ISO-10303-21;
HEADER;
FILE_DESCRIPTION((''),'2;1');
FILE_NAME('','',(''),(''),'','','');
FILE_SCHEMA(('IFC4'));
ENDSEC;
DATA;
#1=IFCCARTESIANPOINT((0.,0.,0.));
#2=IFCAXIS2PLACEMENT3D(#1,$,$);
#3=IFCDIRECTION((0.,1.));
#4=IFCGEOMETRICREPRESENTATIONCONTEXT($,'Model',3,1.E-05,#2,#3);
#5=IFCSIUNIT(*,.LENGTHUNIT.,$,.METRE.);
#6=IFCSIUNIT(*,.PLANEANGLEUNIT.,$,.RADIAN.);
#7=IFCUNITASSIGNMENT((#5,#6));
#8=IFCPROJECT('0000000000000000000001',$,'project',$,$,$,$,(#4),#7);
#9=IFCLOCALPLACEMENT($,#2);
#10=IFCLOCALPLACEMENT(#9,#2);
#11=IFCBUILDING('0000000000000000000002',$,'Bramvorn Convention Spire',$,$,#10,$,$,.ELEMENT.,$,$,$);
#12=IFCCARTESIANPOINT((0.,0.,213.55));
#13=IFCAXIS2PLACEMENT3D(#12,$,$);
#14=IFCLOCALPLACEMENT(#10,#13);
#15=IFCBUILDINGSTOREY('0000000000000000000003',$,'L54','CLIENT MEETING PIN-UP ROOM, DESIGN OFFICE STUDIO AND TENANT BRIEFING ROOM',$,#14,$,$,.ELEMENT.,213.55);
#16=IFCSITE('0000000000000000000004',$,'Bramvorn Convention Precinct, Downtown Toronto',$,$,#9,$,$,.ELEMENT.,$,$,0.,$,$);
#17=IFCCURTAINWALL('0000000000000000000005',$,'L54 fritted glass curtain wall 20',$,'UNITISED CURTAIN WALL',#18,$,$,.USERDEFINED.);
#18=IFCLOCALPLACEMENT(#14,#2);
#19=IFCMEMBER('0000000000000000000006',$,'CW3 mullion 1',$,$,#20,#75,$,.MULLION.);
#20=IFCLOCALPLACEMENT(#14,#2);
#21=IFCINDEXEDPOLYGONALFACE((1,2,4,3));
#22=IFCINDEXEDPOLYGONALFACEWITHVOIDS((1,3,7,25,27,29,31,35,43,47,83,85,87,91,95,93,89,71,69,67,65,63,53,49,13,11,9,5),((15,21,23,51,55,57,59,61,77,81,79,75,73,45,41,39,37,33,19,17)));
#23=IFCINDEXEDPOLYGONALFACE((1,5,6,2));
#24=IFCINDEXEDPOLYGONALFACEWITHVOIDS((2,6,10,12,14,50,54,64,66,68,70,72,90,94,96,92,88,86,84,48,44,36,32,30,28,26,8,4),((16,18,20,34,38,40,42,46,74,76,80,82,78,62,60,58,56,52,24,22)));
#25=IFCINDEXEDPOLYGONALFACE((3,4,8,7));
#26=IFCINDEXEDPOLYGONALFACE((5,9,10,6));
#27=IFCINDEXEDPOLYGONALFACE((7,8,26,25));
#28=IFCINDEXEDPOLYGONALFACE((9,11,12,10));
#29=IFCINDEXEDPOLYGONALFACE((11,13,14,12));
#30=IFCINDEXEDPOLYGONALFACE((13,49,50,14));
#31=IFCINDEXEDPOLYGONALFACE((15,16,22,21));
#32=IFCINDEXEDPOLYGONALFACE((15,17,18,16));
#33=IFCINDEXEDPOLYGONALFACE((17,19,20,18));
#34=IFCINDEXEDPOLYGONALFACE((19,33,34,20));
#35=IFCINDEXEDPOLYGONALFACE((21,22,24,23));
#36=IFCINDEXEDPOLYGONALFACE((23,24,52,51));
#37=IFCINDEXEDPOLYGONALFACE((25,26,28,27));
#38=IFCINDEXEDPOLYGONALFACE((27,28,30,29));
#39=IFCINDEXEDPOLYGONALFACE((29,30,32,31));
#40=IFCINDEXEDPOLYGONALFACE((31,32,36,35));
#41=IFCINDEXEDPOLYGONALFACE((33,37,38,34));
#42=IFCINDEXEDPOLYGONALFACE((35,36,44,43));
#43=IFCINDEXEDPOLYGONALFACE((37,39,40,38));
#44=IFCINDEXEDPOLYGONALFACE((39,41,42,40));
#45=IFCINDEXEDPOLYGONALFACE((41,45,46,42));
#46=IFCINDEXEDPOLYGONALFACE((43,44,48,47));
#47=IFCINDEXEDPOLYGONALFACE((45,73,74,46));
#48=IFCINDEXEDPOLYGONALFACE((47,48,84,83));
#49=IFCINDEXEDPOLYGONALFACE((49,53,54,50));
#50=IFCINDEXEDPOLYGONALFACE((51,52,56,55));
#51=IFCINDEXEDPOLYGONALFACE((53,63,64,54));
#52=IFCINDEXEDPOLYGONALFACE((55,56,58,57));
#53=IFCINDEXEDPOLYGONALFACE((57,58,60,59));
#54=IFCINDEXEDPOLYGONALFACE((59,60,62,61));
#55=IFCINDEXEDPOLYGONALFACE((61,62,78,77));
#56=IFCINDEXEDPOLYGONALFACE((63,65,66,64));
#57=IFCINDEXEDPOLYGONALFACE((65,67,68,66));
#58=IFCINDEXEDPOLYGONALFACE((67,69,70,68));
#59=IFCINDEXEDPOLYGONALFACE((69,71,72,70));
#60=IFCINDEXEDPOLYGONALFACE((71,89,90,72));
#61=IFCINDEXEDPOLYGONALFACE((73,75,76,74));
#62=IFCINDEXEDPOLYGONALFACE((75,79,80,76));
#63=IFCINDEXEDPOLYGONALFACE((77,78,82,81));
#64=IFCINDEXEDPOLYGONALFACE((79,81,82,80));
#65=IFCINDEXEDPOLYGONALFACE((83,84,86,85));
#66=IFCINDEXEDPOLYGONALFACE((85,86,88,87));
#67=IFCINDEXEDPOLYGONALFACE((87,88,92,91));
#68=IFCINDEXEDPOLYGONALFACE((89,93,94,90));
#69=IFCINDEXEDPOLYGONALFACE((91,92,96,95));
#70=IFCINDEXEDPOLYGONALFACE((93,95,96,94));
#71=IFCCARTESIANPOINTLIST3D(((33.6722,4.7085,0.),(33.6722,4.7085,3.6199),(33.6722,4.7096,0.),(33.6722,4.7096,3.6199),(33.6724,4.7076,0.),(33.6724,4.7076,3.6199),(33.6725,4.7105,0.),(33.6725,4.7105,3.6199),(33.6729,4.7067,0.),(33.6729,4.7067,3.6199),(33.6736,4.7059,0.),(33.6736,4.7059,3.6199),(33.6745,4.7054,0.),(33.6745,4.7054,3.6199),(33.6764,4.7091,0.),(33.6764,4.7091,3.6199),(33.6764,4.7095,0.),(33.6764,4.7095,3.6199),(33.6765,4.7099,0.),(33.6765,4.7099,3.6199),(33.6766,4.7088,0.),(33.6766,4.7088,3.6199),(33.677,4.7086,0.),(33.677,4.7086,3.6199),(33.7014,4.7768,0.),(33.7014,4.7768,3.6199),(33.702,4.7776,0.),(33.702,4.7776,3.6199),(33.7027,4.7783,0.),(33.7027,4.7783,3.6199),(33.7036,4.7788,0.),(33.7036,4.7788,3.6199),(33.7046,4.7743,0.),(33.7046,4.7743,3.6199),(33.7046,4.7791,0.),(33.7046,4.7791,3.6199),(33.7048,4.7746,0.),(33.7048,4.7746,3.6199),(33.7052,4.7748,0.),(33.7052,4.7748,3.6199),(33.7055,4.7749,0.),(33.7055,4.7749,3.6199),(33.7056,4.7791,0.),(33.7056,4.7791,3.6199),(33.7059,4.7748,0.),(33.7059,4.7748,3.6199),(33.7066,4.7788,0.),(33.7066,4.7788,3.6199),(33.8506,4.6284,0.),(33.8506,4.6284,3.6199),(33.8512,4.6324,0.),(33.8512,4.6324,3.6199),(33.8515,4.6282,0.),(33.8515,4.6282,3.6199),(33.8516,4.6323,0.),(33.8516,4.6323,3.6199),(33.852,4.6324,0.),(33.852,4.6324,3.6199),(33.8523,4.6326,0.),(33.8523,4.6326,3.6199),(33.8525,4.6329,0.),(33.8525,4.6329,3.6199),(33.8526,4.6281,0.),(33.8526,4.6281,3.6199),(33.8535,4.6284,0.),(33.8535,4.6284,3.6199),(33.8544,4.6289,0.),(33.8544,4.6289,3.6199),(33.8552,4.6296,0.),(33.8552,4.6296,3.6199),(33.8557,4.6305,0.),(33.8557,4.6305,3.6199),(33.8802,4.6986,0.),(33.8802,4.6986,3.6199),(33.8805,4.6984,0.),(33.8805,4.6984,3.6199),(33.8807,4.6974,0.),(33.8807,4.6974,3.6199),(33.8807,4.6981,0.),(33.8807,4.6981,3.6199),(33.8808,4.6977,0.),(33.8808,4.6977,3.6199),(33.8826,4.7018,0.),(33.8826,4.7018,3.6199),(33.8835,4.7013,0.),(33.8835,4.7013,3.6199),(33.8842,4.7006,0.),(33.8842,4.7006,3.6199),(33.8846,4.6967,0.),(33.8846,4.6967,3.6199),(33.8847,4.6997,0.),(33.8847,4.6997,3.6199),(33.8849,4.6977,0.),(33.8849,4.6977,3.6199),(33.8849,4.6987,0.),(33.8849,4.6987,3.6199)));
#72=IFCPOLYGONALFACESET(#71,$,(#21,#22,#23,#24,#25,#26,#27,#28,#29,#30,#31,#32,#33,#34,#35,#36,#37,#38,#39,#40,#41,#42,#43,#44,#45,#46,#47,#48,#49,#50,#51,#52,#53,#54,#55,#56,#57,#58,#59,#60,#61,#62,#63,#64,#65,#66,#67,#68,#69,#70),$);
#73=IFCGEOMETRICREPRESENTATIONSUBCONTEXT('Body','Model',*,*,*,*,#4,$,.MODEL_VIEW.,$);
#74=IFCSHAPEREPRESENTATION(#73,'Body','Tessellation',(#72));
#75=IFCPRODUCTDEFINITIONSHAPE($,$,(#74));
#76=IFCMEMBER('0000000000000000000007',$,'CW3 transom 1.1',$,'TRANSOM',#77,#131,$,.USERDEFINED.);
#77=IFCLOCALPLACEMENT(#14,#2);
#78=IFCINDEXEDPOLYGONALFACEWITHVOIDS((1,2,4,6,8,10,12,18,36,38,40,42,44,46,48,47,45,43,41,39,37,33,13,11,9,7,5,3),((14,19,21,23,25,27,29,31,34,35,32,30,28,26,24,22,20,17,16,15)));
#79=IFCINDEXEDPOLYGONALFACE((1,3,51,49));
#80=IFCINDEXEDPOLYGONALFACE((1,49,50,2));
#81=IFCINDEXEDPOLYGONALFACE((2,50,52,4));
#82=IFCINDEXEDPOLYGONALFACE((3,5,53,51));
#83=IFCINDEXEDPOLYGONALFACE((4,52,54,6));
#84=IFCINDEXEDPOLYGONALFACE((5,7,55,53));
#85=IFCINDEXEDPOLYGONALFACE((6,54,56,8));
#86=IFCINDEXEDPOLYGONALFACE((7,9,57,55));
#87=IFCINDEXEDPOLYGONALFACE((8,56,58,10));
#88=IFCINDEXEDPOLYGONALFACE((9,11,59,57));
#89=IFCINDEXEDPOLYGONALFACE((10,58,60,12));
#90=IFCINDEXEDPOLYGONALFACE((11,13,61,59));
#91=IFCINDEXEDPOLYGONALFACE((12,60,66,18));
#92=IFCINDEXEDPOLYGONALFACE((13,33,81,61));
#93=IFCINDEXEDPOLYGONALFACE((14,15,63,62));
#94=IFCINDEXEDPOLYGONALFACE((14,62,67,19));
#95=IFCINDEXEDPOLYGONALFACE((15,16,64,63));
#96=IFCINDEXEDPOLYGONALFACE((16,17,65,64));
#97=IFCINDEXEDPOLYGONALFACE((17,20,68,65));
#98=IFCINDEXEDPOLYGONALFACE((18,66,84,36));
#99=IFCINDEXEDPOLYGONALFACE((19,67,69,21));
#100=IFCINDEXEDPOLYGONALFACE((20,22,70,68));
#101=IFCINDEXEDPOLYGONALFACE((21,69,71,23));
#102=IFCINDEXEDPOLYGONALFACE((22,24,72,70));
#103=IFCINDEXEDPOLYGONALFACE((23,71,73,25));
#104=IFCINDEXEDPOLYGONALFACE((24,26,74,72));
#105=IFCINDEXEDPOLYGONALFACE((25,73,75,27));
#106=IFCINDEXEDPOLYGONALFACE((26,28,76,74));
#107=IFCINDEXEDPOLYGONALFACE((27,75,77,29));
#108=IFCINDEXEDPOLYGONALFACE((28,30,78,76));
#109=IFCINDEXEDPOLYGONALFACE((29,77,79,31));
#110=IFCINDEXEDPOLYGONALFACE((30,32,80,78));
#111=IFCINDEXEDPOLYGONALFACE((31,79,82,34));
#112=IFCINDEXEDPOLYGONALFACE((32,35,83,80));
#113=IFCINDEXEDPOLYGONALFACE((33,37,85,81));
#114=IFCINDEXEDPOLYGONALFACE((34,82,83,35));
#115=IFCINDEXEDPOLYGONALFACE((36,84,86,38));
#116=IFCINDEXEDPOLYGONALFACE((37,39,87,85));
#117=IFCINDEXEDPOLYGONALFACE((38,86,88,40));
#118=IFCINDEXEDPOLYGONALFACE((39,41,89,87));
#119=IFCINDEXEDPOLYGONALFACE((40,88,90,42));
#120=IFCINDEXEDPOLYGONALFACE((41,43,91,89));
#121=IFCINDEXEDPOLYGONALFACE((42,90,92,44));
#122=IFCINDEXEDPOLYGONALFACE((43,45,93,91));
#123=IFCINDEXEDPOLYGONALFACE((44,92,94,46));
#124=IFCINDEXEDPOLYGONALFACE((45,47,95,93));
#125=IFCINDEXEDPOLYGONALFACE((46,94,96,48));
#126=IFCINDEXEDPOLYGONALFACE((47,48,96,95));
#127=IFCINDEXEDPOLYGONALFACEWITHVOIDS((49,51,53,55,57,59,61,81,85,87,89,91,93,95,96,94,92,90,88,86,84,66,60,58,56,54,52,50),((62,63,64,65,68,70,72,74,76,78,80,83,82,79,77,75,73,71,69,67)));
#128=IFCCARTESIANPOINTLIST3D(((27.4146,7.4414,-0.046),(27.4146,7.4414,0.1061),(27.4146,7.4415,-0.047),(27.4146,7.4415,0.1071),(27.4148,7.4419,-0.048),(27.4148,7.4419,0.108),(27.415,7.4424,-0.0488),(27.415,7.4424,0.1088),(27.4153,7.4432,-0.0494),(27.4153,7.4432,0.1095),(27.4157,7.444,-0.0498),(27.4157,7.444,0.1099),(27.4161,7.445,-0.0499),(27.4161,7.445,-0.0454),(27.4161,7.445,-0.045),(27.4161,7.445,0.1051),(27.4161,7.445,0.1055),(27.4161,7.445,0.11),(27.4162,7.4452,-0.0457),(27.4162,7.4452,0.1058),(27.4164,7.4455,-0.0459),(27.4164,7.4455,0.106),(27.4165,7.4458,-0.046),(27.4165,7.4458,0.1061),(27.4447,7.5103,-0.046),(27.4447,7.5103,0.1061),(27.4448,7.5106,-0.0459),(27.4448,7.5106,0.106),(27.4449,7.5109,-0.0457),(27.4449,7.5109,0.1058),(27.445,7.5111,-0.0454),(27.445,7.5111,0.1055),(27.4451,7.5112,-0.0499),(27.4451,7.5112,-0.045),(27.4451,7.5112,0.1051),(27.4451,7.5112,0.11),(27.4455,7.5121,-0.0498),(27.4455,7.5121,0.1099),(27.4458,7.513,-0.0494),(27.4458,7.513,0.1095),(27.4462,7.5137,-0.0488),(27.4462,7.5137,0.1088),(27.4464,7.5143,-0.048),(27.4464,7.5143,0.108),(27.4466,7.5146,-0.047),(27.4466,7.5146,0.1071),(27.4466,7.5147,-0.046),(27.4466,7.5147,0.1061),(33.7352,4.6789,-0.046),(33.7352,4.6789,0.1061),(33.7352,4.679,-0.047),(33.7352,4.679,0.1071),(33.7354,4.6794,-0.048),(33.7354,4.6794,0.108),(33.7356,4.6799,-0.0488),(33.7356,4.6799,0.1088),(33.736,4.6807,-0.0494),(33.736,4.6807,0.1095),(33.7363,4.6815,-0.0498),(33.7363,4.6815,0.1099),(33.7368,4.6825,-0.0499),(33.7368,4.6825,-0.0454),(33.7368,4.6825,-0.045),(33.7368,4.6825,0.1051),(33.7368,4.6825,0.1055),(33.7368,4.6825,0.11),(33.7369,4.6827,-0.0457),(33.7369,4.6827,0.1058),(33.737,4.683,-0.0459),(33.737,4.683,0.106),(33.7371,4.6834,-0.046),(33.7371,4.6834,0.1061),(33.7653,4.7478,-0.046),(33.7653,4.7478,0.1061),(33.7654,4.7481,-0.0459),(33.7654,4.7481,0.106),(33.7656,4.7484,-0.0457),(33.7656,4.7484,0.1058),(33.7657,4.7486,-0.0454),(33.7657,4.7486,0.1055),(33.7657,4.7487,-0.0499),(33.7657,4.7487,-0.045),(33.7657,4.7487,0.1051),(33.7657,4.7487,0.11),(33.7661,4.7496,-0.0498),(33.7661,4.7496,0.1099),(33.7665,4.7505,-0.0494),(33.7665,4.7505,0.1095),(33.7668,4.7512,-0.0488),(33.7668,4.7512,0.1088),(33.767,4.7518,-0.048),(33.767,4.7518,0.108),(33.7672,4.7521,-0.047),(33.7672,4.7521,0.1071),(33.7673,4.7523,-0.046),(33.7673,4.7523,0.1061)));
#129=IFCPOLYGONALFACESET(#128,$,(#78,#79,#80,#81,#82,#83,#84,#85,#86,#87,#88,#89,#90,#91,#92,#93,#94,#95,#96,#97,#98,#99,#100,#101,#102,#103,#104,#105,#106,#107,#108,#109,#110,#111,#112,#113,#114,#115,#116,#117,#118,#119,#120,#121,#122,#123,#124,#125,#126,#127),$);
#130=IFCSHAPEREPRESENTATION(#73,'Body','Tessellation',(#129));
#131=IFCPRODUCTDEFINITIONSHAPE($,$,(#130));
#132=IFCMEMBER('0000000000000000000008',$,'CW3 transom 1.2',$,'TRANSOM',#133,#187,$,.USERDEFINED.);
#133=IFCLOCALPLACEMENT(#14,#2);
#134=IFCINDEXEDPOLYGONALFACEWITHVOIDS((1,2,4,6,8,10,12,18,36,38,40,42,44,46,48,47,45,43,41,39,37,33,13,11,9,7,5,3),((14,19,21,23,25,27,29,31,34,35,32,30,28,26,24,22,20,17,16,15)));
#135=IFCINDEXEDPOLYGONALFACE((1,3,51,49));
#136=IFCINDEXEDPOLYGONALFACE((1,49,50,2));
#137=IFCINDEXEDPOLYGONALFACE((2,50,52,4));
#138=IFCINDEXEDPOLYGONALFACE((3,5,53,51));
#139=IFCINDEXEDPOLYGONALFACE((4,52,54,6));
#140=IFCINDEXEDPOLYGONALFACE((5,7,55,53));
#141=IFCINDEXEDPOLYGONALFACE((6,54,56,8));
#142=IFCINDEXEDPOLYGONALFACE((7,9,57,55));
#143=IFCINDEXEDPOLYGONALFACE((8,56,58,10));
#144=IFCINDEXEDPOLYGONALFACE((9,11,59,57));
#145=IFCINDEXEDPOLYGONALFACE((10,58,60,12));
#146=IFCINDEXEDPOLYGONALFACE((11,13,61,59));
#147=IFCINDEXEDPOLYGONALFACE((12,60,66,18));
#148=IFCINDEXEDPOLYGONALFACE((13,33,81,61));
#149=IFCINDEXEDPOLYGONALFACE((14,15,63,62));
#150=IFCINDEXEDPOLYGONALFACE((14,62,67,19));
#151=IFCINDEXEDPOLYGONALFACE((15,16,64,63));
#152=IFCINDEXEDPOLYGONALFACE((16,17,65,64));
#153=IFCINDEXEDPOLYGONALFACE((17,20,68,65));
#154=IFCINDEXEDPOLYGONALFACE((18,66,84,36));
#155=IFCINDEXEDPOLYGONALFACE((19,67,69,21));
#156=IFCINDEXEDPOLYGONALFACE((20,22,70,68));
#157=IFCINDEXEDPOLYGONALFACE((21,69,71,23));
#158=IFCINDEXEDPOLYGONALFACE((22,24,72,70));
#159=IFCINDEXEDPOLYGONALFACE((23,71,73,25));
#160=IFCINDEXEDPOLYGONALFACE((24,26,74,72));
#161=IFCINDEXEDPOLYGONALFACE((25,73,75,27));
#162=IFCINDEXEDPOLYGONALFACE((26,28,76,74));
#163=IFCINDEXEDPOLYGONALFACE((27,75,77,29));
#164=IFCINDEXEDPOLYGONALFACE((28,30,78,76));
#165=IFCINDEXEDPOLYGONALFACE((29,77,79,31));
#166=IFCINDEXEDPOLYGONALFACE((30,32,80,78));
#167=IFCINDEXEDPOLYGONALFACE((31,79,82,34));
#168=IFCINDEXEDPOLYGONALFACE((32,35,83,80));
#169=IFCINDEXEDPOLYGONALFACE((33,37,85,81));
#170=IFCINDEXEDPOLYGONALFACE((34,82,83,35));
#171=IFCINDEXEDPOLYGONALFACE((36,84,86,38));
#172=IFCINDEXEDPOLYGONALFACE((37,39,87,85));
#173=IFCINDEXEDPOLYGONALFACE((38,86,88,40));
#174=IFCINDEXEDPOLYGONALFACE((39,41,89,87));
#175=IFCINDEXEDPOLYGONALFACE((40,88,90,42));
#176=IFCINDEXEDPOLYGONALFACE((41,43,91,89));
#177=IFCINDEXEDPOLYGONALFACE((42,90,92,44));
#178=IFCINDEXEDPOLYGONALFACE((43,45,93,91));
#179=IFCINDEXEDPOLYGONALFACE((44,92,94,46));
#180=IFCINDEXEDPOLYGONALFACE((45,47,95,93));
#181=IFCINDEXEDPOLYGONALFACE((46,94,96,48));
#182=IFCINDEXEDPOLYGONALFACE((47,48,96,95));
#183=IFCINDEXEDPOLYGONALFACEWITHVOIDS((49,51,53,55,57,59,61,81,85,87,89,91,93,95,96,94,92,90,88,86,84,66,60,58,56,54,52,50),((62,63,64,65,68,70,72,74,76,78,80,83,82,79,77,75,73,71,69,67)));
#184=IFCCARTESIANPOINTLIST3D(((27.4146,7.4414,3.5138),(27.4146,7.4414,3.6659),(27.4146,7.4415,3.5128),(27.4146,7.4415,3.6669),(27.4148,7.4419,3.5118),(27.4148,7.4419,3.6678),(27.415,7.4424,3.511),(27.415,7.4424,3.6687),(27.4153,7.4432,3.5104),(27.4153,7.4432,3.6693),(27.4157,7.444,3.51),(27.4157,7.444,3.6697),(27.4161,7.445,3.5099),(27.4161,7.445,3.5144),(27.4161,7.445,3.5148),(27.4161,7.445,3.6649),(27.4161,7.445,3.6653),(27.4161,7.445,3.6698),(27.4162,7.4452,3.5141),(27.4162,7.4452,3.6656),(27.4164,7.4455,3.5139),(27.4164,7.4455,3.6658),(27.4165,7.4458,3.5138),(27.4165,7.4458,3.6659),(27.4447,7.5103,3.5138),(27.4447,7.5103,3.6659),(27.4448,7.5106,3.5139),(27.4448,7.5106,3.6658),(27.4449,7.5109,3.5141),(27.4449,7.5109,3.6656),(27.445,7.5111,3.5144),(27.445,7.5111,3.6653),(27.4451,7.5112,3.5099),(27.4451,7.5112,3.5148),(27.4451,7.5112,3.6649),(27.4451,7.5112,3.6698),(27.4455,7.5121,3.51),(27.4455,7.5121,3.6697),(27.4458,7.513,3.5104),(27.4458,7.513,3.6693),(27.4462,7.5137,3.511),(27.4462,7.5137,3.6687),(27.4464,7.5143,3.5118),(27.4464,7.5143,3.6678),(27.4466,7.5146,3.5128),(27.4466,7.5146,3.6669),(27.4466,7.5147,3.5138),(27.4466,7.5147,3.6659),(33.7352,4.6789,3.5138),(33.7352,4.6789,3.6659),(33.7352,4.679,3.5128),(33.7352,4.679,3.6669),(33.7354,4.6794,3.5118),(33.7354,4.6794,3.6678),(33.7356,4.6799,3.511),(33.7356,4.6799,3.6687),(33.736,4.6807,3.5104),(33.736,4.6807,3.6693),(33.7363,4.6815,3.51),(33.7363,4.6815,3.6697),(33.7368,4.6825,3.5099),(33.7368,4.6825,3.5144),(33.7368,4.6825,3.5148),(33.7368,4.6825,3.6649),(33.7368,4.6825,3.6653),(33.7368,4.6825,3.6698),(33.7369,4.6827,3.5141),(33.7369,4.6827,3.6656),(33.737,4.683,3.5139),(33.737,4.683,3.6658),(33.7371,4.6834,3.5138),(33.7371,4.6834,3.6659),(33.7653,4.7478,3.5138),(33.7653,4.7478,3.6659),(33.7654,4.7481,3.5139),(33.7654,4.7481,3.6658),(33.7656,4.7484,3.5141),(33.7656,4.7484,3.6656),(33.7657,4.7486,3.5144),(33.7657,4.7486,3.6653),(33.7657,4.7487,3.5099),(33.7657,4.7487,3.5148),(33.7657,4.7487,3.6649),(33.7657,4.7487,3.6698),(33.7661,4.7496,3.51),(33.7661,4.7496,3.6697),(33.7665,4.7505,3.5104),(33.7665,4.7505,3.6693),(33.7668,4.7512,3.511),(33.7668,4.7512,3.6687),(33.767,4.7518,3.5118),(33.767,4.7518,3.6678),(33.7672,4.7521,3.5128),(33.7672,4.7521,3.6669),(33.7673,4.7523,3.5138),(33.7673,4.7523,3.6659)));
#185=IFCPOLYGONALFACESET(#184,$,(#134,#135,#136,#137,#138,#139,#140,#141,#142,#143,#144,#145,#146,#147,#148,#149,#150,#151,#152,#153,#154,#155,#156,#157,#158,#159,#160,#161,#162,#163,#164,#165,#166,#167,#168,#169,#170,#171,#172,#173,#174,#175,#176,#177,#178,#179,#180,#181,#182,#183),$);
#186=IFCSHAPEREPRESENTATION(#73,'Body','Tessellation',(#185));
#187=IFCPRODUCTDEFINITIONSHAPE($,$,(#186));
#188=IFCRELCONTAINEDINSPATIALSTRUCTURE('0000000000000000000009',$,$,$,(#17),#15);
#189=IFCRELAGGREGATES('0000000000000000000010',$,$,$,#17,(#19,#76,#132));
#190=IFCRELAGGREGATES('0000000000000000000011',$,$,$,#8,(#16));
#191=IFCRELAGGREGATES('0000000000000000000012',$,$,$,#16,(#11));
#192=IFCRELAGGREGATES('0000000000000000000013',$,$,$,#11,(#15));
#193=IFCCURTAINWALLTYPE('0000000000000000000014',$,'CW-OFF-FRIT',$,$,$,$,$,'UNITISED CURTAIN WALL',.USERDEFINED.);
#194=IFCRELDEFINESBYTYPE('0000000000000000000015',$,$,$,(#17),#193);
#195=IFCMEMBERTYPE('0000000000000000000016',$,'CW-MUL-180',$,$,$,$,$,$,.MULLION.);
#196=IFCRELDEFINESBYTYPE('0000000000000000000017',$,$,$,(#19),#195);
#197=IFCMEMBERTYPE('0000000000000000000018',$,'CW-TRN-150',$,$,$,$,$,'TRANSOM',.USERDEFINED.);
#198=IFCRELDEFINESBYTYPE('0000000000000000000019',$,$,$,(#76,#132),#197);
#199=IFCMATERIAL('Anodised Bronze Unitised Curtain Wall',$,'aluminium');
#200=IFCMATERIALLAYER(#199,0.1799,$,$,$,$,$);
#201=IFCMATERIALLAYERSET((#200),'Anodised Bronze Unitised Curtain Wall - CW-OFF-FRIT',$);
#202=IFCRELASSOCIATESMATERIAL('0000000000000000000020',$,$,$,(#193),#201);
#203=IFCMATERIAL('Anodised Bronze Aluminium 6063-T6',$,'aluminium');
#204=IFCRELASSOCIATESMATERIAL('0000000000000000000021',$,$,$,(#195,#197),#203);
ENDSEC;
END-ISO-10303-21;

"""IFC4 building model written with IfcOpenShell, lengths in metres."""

from ifc_helpers import new_model, si_unit, direction, frame, origin, origin_2d, place, context, subcontext, project, spatial, hollow_rectangle, extrude, material, layer, layer_set, material_profile, profile_set, type_object, element, aggregate, save


model = new_model("IFC4")

# Units and contexts
model_context = context("Model", 3, precision=1e-05, world=origin(), true_north=direction((0.0, 1.0)))
body_context = subcontext(model_context, "Body", "Model", "MODEL_VIEW")
ifc_project = project(units=[si_unit("LENGTHUNIT", "METRE"), si_unit("PLANEANGLEUNIT", "RADIAN")], contexts=[model_context])

# Site, building, storey
site_placement = place(None, origin())
site = spatial("IfcSite", under=ifc_project, at=site_placement, Name="Bramvorn Convention Precinct, Downtown Toronto", CompositionType="ELEMENT", RefElevation=0.0)
building_placement = place(site_placement, origin())
building = spatial("IfcBuilding", under=site, at=building_placement, Name="Bramvorn Convention Spire", CompositionType="ELEMENT")
storey_placement = place(building_placement, frame((0.0, 0.0, 213.55)))
storey = spatial("IfcBuildingStorey", under=building, at=storey_placement, Name="L54", Description="CLIENT MEETING PIN-UP ROOM, DESIGN OFFICE STUDIO AND TENANT BRIEFING ROOM", CompositionType="ELEMENT", Elevation=213.55)

# Curtain wall, members
ifc_material_1 = material(Name="Anodised Bronze Unitised Curtain Wall", Category="aluminium")
ifc_layer_1 = layer(ifc_material_1, 0.1799)
ifc_layer_set_1 = layer_set([ifc_layer_1], Name="Anodised Bronze Unitised Curtain Wall - CW-OFF-FRIT")
curtain_wall_type = type_object("IfcCurtainWallType", Name="CW-OFF-FRIT", ElementType="UNITISED CURTAIN WALL", PredefinedType="USERDEFINED", material=ifc_layer_set_1)
curtain_wall_placement = place(storey_placement, origin())
curtain_wall = element("IfcCurtainWall", 1, at=curtain_wall_placement, inside=storey, type_object=curtain_wall_type, Name="L54 fritted glass curtain wall 20", ObjectType="UNITISED CURTAIN WALL", PredefinedType="USERDEFINED")
ifc_material_2 = material(Name="Anodised Bronze Aluminium 6063-T6", Category="aluminium")
ifc_material_profile_1 = material_profile(ifc_material_2, hollow_rectangle(XDim=0.0801, YDim=0.2, WallThickness=0.0039, InnerFilletRadius=0.001, OuterFilletRadius=0.0039, at=origin_2d()))
ifc_profile_set_1 = profile_set([ifc_material_profile_1], Name="Anodised Bronze Aluminium 6063-T6 - CWM80X200")
member_type_1 = type_object("IfcMemberType", Name="CW-MUL-180", PredefinedType="MULLION", material=ifc_profile_set_1)
member_1_placement = place(storey_placement, frame((33.7786, 4.7036, 0.0), z_axis=(0.0, 0.0, 1.0), x_axis=(-0.400501, -0.916296, 0.0)))
member_1 = element("IfcMember", 2, at=member_1_placement, type_object=member_type_1, Name="CW3 mullion 1", PredefinedType="MULLION", context=body_context, shape_type="SweptSolid", body=[
    extrude(hollow_rectangle(XDim=0.0801, YDim=0.2, WallThickness=0.0039, InnerFilletRadius=0.001, OuterFilletRadius=0.0039, at=origin_2d()), origin(), (0.0, 0.0, 1.0), 3.6199),
])
ifc_material_profile_2 = material_profile(ifc_material_2, hollow_rectangle(XDim=0.0801, YDim=0.1599, WallThickness=0.0039, InnerFilletRadius=0.001, OuterFilletRadius=0.0039, at=origin_2d()))
ifc_profile_set_2 = profile_set([ifc_material_profile_2], Name="Anodised Bronze Aluminium 6063-T6 - CWT80X160")
member_type_2 = type_object("IfcMemberType", Name="CW-TRN-150", ElementType="TRANSOM", PredefinedType="USERDEFINED", material=ifc_profile_set_2)
member_2_placement = place(storey_placement, frame((33.7512, 4.7156, 0.03), z_axis=(-0.916306, 0.400479, 0.0), x_axis=(-0.400479, -0.916306, 0.0)))
member_2 = element("IfcMember", 3, at=member_2_placement, type_object=member_type_2, Name="CW3 transom 1.1", ObjectType="TRANSOM", PredefinedType="USERDEFINED", context=body_context, shape_type="SweptSolid", body=[
    extrude(hollow_rectangle(XDim=0.0801, YDim=0.1599, WallThickness=0.0039, InnerFilletRadius=0.001, OuterFilletRadius=0.0039, at=origin_2d()), origin(), (0.0, 0.0, 1.0), 6.8979),
])
member_3_placement = place(storey_placement, frame((33.7512, 4.7156, 3.5898), z_axis=(-0.916306, 0.400479, 0.0), x_axis=(-0.400479, -0.916306, 0.0)))
member_3 = element("IfcMember", 4, at=member_3_placement, type_object=member_type_2, Name="CW3 transom 1.2", ObjectType="TRANSOM", PredefinedType="USERDEFINED", context=body_context, shape_type="SweptSolid", body=[
    extrude(hollow_rectangle(XDim=0.0801, YDim=0.1599, WallThickness=0.0039, InnerFilletRadius=0.001, OuterFilletRadius=0.0039, at=origin_2d()), origin(), (0.0, 0.0, 1.0), 6.8979),
])
aggregate(curtain_wall, [member_1, member_2, member_3])

save(model, "model.ifc")
